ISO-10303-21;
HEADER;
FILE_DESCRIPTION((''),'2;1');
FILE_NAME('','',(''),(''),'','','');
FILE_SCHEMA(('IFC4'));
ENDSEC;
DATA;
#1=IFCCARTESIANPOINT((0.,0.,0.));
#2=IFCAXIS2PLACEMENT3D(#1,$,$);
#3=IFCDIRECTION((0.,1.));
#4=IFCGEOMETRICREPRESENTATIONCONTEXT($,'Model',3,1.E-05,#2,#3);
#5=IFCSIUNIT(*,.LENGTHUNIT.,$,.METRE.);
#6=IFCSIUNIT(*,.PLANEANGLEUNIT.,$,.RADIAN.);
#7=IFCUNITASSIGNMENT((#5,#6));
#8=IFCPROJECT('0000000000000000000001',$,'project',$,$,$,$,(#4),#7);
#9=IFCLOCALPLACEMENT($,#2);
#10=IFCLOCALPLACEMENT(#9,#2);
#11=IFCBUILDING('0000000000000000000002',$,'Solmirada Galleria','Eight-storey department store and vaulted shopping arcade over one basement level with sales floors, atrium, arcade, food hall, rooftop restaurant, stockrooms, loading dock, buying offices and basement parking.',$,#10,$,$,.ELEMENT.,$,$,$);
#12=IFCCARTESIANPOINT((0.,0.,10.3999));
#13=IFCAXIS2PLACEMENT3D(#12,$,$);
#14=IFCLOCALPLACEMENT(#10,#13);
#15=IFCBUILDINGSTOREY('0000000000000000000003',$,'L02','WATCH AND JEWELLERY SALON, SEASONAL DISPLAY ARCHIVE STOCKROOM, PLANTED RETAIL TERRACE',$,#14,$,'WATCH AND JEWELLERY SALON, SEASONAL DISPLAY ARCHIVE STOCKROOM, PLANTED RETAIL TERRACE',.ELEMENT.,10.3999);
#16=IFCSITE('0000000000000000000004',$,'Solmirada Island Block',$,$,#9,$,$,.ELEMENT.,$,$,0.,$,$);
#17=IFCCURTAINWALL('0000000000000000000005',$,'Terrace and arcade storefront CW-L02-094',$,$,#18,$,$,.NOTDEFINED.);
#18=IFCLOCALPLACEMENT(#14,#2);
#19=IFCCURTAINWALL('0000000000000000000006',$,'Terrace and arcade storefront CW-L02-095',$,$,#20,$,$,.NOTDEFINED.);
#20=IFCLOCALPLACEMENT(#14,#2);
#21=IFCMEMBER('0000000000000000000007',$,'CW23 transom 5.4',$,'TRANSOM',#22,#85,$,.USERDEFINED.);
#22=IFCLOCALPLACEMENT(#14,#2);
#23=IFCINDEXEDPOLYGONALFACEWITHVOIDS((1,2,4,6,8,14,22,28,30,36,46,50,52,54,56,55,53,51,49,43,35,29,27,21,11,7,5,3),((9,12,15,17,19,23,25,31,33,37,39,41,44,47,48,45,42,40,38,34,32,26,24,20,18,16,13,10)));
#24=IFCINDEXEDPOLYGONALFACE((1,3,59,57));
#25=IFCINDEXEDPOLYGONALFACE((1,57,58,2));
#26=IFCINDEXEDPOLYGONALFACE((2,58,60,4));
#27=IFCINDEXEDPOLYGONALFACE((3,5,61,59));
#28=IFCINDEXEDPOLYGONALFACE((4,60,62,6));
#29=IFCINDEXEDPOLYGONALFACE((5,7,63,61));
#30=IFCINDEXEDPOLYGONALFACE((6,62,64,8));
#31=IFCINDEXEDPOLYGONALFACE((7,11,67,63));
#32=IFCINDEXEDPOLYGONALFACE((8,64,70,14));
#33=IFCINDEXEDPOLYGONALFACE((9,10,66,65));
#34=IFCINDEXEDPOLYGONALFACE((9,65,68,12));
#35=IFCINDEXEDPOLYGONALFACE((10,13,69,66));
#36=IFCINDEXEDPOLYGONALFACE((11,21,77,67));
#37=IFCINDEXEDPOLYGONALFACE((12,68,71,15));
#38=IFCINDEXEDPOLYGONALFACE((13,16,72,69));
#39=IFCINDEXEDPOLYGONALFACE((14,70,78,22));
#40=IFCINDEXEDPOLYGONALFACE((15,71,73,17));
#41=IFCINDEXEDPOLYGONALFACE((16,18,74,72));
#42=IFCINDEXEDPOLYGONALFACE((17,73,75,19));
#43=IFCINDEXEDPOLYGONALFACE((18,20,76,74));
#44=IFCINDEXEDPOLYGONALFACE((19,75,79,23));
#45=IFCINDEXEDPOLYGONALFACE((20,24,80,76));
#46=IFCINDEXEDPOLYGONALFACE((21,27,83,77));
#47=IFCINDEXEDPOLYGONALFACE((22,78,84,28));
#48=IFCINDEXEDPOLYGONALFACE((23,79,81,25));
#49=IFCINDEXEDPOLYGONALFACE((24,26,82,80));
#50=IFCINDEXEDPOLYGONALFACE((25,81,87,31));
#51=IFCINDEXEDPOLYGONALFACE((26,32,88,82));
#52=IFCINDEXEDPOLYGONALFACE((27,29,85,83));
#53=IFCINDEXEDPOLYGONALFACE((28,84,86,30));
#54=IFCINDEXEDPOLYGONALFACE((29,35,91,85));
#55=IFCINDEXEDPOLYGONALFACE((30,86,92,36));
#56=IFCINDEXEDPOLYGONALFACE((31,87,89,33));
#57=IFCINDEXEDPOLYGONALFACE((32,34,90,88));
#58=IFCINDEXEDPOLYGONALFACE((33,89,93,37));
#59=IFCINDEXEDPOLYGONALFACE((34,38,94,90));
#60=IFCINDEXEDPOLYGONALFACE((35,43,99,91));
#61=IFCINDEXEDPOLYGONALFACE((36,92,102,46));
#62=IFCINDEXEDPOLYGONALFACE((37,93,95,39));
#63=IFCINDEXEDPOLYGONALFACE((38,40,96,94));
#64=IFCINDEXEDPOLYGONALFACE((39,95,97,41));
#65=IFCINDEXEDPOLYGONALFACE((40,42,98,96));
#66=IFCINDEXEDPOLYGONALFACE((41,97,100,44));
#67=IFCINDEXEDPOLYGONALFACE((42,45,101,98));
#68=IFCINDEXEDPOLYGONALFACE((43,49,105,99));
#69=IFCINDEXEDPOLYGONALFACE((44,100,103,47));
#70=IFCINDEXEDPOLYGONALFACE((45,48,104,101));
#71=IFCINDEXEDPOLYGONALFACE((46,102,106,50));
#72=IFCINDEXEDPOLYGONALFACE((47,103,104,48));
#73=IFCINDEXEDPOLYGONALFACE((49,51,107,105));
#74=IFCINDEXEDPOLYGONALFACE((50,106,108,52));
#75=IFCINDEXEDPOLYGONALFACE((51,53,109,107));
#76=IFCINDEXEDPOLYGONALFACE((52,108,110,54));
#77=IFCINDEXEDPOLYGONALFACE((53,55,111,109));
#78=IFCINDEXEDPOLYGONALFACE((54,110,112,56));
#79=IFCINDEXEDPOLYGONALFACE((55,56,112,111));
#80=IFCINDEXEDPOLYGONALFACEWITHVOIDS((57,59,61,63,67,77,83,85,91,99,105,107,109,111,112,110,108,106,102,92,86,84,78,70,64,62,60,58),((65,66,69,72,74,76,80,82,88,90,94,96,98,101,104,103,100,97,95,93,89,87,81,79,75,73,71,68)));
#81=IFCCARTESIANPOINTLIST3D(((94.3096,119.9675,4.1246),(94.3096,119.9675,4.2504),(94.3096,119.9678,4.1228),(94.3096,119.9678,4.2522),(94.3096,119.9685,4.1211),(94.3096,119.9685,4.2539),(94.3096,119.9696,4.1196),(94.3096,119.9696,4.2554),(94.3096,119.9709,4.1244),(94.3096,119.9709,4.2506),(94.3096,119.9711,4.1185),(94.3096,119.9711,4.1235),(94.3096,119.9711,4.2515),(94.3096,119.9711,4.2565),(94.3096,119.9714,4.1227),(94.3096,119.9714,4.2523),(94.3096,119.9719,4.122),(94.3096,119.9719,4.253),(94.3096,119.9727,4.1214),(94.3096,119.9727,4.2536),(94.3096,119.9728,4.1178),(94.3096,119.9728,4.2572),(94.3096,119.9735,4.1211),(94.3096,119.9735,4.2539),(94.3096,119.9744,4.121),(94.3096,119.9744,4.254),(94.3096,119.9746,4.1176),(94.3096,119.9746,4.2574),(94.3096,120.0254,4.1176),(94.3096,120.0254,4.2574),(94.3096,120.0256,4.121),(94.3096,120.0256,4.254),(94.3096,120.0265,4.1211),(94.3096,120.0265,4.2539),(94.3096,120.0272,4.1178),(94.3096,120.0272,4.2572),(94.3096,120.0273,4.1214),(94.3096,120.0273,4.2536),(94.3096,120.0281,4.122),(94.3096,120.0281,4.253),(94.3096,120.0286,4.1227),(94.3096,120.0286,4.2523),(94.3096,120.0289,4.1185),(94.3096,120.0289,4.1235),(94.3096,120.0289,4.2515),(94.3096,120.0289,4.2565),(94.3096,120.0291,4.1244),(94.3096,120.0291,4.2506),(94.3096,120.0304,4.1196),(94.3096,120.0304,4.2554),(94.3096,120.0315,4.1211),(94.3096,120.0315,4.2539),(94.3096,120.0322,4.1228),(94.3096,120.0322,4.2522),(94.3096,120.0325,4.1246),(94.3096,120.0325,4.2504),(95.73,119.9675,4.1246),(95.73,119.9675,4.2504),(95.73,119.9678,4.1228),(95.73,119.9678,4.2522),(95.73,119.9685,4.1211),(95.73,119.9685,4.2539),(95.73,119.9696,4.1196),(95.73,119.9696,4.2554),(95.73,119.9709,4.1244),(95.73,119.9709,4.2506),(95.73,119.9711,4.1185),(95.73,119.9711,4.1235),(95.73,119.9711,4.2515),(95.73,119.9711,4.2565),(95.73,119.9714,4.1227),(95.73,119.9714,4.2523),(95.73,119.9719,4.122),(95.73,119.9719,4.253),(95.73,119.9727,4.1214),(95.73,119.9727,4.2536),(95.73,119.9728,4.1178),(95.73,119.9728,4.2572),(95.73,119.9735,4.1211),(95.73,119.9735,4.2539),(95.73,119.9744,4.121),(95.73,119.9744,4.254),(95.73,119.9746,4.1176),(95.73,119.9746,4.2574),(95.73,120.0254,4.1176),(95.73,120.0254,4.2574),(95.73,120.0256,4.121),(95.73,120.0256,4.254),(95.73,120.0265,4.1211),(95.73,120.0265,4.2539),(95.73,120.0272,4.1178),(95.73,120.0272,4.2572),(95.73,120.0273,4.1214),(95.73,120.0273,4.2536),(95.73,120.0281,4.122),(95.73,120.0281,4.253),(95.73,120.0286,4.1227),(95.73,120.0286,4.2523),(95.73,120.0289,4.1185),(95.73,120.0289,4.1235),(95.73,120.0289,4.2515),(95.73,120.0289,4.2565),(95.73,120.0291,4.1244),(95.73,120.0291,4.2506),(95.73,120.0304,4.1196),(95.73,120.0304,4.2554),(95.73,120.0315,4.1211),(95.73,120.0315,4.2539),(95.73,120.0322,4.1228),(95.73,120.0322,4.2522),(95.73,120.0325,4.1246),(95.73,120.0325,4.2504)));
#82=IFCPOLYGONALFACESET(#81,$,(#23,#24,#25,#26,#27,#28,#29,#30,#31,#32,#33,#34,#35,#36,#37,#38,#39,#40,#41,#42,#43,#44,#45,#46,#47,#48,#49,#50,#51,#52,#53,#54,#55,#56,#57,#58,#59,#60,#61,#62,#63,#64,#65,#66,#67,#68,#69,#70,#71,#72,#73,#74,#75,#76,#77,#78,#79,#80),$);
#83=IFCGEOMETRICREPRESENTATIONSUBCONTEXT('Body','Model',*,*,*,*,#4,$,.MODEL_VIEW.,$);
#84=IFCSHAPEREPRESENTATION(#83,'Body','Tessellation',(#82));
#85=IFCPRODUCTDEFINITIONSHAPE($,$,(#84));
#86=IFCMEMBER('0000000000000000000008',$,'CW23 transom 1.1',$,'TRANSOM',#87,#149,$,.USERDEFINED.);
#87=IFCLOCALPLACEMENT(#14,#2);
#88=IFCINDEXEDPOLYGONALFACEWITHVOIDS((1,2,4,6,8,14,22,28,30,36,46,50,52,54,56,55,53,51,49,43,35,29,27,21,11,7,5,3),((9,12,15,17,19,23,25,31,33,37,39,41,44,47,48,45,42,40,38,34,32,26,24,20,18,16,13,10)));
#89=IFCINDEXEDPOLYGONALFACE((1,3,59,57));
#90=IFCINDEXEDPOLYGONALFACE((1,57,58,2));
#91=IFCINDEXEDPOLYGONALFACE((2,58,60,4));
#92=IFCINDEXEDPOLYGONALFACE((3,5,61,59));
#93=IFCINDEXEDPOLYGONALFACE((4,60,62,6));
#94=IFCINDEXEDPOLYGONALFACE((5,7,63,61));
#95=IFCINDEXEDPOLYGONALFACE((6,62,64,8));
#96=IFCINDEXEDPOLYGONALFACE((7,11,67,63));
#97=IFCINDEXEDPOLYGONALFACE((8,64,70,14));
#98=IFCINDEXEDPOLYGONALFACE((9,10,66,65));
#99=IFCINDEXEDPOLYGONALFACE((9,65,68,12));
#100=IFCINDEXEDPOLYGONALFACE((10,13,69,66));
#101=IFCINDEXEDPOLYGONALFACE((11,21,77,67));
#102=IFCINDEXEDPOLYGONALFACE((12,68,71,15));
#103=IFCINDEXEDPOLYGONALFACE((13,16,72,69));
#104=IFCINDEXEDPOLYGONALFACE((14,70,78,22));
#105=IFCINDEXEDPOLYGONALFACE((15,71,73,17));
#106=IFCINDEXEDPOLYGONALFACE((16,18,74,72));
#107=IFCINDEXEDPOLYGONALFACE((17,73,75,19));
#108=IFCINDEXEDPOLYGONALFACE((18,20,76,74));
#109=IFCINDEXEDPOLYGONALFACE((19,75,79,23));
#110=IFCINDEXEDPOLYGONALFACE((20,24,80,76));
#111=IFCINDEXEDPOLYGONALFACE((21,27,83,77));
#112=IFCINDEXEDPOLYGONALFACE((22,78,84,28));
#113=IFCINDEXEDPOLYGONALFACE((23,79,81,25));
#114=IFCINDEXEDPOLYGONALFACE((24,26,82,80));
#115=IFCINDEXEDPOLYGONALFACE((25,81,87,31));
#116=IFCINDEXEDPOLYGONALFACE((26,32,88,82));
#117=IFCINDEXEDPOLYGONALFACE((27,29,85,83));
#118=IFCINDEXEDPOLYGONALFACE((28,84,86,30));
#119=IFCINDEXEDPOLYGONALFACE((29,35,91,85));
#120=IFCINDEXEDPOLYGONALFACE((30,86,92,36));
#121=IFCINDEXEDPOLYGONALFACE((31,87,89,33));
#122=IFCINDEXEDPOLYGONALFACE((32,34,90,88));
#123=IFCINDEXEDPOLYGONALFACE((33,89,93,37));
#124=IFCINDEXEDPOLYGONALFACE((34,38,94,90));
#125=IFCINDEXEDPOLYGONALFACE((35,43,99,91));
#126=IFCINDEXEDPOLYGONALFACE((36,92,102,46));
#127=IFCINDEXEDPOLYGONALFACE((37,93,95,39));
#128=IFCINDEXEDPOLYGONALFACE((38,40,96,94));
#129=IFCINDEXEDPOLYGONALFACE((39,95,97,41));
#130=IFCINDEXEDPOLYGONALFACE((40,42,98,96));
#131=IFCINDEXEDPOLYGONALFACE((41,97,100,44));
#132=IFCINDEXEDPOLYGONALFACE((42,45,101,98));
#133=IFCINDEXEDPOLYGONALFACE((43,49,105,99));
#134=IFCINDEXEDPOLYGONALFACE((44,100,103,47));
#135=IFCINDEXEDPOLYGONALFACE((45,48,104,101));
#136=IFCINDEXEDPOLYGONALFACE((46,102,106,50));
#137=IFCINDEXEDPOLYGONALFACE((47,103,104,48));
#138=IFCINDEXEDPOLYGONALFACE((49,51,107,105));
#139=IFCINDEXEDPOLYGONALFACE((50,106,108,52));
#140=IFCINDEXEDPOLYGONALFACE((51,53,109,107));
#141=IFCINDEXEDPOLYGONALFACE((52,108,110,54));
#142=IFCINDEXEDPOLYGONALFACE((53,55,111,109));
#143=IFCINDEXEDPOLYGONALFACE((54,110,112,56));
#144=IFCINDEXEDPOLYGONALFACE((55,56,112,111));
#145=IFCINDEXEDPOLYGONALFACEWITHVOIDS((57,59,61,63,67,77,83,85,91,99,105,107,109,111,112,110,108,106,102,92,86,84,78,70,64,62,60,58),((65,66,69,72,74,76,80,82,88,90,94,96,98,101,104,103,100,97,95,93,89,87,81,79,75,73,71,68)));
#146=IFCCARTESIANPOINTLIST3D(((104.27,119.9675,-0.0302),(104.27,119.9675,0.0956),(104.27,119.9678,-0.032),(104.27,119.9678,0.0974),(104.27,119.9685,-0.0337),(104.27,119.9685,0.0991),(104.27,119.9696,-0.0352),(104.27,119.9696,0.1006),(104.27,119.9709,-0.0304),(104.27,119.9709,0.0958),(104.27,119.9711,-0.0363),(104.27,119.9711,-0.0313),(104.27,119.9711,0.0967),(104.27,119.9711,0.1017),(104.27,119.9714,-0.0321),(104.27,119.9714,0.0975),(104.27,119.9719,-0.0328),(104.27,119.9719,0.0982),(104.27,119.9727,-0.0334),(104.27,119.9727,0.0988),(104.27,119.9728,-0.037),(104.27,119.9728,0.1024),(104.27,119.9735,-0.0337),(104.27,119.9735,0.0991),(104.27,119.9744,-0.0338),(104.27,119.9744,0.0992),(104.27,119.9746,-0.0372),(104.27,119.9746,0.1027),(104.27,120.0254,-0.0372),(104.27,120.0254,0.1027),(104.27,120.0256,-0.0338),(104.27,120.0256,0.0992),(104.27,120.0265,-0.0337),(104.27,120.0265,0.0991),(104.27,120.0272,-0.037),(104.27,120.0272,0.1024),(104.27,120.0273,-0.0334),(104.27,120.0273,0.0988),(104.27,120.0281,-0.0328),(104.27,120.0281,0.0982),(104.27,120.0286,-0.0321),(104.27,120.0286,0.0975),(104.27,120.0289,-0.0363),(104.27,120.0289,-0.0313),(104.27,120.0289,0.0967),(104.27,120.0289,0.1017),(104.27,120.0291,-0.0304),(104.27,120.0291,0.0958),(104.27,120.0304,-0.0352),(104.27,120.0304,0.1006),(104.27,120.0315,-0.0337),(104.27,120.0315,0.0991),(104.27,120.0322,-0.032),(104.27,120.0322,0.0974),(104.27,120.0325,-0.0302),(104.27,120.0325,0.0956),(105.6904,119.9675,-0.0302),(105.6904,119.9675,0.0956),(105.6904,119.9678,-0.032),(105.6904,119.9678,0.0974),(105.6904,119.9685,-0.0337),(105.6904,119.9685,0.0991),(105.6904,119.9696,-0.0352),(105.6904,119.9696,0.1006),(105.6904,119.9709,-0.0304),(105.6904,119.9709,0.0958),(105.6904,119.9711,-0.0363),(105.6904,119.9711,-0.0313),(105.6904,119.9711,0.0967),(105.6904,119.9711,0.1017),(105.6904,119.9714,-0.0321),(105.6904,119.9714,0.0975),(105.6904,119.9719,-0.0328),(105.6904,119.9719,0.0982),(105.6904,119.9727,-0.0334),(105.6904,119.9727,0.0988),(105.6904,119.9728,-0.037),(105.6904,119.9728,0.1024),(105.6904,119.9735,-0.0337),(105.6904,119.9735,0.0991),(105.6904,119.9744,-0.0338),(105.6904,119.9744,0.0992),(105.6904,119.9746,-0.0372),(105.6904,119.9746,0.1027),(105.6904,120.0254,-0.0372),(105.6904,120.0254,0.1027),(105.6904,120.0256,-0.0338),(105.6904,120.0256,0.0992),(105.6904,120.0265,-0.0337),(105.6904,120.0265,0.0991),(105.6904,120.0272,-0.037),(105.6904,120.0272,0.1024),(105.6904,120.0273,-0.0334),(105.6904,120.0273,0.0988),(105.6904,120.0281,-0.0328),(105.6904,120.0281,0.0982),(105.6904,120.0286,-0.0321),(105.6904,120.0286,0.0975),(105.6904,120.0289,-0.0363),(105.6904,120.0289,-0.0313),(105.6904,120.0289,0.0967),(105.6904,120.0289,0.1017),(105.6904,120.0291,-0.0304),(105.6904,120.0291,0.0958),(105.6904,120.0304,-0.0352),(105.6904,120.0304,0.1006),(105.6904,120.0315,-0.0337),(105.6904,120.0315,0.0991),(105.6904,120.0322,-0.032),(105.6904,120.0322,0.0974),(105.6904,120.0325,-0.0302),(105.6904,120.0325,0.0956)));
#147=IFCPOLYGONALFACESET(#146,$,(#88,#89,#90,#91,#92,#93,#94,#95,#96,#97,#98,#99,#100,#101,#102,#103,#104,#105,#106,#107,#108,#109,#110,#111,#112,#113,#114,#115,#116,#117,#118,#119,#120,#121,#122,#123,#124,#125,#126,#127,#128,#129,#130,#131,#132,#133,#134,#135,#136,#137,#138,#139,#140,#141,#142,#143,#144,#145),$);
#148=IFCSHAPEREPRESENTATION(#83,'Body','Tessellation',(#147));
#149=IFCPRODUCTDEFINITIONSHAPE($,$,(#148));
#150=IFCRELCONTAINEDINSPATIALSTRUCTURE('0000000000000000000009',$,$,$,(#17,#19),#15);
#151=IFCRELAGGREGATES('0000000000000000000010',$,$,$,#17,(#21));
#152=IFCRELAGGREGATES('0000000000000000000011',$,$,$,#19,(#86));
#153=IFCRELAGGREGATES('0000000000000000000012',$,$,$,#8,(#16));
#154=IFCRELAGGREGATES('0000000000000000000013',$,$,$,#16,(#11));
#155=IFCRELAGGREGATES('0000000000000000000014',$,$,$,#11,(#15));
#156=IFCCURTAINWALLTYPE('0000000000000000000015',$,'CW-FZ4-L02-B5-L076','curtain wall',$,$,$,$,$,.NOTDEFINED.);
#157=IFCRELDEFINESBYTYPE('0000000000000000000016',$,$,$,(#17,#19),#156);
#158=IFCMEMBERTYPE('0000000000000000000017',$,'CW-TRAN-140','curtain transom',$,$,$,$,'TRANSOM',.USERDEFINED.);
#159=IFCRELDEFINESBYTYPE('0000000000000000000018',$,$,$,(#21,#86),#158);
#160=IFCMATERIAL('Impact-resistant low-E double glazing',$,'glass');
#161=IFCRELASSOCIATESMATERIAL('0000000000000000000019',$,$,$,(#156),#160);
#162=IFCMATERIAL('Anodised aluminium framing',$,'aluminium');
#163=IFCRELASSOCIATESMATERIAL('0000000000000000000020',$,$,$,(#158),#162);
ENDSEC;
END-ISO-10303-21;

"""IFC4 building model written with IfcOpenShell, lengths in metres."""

from ifc_helpers import new_model, si_unit, direction, frame, origin, origin_2d, place, context, subcontext, project, spatial, hollow_rectangle, extrude, material, material_profile, profile_set, type_object, element, aggregate, save


model = new_model("IFC4")

# Units and contexts
model_context = context("Model", 3, precision=1e-05, world=origin(), true_north=direction((0.0, 1.0)))
body_context = subcontext(model_context, "Body", "Model", "MODEL_VIEW")
ifc_project = project(units=[si_unit("LENGTHUNIT", "METRE"), si_unit("PLANEANGLEUNIT", "RADIAN")], contexts=[model_context])

# Site, building, storey
site_placement = place(None, origin())
site = spatial("IfcSite", under=ifc_project, at=site_placement, Name="Solmirada Island Block", CompositionType="ELEMENT", RefElevation=0.0)
building_placement = place(site_placement, origin())
building = spatial("IfcBuilding", under=site, at=building_placement, Name="Solmirada Galleria", Description="Eight-storey department store and vaulted shopping arcade over one basement level with sales floors, atrium, arcade, food hall, rooftop restaurant, stockrooms, loading dock, buying offices and basement parking.", CompositionType="ELEMENT")
storey_placement = place(building_placement, frame((0.0, 0.0, 10.3999)))
storey = spatial("IfcBuildingStorey", under=building, at=storey_placement, Name="L02", Description="WATCH AND JEWELLERY SALON, SEASONAL DISPLAY ARCHIVE STOCKROOM, PLANTED RETAIL TERRACE", LongName="WATCH AND JEWELLERY SALON, SEASONAL DISPLAY ARCHIVE STOCKROOM, PLANTED RETAIL TERRACE", CompositionType="ELEMENT", Elevation=10.3999)

# Curtain walls
ifc_material_1 = material(Name="Impact-resistant low-E double glazing", Category="glass")
curtain_wall_type = type_object("IfcCurtainWallType", Name="CW-FZ4-L02-B5-L076", Description="curtain wall", PredefinedType="NOTDEFINED", material=ifc_material_1)
curtain_wall_1_placement = place(storey_placement, origin())
curtain_wall_1 = element("IfcCurtainWall", 1, at=curtain_wall_1_placement, inside=storey, type_object=curtain_wall_type, Name="Terrace and arcade storefront CW-L02-094", PredefinedType="NOTDEFINED")
ifc_material_2 = material(Name="Anodised aluminium framing", Category="aluminium")
curtain_wall_2_placement = place(storey_placement, origin())
curtain_wall_2 = element("IfcCurtainWall", 2, at=curtain_wall_2_placement, inside=storey, type_object=curtain_wall_type, Name="Terrace and arcade storefront CW-L02-095", PredefinedType="NOTDEFINED")

# Members
ifc_material_profile_1 = material_profile(ifc_material_2, hollow_rectangle(XDim=0.0649, YDim=0.1399, WallThickness=0.0034, InnerFilletRadius=0.0034, OuterFilletRadius=0.0071, at=origin_2d()), Name="ALU-TRAN-140X65")
ifc_profile_set_1 = profile_set([ifc_material_profile_1], Name="Anodised aluminium framing")
member_type_1 = type_object("IfcMemberType", Name="CW-TRAN-140", Description="curtain transom", ElementType="TRANSOM", PredefinedType="USERDEFINED", material=ifc_profile_set_1)
member_1_placement = place(storey_placement, frame((94.3096, 120.0, 4.1875), z_axis=(1.0, 0.0, 0.0), x_axis=(0.0, 1.0, 0.0)))
member_1 = element("IfcMember", 3, at=member_1_placement, type_object=member_type_1, Name="CW23 transom 5.4", ObjectType="TRANSOM", PredefinedType="USERDEFINED", context=body_context, shape_type="SweptSolid", body=[
    extrude(hollow_rectangle(XDim=0.0649, YDim=0.1399, WallThickness=0.0034, InnerFilletRadius=0.0034, OuterFilletRadius=0.0071, at=origin_2d()), origin(), (0.0, 0.0, 1.0), 1.4204),
])
member_2_placement = place(storey_placement, frame((104.27, 120.0, 0.0327), z_axis=(1.0, 0.0, 0.0), x_axis=(0.0, 1.0, 0.0)))
member_2 = element("IfcMember", 4, at=member_2_placement, type_object=member_type_1, Name="CW23 transom 1.1", ObjectType="TRANSOM", PredefinedType="USERDEFINED", context=body_context, shape_type="SweptSolid", body=[
    extrude(hollow_rectangle(XDim=0.0649, YDim=0.1399, WallThickness=0.0034, InnerFilletRadius=0.0034, OuterFilletRadius=0.0071, at=origin_2d()), origin(), (0.0, 0.0, 1.0), 1.4204),
])

aggregate(curtain_wall_1, [member_1])
aggregate(curtain_wall_2, [member_2])

save(model, "model.ifc")
